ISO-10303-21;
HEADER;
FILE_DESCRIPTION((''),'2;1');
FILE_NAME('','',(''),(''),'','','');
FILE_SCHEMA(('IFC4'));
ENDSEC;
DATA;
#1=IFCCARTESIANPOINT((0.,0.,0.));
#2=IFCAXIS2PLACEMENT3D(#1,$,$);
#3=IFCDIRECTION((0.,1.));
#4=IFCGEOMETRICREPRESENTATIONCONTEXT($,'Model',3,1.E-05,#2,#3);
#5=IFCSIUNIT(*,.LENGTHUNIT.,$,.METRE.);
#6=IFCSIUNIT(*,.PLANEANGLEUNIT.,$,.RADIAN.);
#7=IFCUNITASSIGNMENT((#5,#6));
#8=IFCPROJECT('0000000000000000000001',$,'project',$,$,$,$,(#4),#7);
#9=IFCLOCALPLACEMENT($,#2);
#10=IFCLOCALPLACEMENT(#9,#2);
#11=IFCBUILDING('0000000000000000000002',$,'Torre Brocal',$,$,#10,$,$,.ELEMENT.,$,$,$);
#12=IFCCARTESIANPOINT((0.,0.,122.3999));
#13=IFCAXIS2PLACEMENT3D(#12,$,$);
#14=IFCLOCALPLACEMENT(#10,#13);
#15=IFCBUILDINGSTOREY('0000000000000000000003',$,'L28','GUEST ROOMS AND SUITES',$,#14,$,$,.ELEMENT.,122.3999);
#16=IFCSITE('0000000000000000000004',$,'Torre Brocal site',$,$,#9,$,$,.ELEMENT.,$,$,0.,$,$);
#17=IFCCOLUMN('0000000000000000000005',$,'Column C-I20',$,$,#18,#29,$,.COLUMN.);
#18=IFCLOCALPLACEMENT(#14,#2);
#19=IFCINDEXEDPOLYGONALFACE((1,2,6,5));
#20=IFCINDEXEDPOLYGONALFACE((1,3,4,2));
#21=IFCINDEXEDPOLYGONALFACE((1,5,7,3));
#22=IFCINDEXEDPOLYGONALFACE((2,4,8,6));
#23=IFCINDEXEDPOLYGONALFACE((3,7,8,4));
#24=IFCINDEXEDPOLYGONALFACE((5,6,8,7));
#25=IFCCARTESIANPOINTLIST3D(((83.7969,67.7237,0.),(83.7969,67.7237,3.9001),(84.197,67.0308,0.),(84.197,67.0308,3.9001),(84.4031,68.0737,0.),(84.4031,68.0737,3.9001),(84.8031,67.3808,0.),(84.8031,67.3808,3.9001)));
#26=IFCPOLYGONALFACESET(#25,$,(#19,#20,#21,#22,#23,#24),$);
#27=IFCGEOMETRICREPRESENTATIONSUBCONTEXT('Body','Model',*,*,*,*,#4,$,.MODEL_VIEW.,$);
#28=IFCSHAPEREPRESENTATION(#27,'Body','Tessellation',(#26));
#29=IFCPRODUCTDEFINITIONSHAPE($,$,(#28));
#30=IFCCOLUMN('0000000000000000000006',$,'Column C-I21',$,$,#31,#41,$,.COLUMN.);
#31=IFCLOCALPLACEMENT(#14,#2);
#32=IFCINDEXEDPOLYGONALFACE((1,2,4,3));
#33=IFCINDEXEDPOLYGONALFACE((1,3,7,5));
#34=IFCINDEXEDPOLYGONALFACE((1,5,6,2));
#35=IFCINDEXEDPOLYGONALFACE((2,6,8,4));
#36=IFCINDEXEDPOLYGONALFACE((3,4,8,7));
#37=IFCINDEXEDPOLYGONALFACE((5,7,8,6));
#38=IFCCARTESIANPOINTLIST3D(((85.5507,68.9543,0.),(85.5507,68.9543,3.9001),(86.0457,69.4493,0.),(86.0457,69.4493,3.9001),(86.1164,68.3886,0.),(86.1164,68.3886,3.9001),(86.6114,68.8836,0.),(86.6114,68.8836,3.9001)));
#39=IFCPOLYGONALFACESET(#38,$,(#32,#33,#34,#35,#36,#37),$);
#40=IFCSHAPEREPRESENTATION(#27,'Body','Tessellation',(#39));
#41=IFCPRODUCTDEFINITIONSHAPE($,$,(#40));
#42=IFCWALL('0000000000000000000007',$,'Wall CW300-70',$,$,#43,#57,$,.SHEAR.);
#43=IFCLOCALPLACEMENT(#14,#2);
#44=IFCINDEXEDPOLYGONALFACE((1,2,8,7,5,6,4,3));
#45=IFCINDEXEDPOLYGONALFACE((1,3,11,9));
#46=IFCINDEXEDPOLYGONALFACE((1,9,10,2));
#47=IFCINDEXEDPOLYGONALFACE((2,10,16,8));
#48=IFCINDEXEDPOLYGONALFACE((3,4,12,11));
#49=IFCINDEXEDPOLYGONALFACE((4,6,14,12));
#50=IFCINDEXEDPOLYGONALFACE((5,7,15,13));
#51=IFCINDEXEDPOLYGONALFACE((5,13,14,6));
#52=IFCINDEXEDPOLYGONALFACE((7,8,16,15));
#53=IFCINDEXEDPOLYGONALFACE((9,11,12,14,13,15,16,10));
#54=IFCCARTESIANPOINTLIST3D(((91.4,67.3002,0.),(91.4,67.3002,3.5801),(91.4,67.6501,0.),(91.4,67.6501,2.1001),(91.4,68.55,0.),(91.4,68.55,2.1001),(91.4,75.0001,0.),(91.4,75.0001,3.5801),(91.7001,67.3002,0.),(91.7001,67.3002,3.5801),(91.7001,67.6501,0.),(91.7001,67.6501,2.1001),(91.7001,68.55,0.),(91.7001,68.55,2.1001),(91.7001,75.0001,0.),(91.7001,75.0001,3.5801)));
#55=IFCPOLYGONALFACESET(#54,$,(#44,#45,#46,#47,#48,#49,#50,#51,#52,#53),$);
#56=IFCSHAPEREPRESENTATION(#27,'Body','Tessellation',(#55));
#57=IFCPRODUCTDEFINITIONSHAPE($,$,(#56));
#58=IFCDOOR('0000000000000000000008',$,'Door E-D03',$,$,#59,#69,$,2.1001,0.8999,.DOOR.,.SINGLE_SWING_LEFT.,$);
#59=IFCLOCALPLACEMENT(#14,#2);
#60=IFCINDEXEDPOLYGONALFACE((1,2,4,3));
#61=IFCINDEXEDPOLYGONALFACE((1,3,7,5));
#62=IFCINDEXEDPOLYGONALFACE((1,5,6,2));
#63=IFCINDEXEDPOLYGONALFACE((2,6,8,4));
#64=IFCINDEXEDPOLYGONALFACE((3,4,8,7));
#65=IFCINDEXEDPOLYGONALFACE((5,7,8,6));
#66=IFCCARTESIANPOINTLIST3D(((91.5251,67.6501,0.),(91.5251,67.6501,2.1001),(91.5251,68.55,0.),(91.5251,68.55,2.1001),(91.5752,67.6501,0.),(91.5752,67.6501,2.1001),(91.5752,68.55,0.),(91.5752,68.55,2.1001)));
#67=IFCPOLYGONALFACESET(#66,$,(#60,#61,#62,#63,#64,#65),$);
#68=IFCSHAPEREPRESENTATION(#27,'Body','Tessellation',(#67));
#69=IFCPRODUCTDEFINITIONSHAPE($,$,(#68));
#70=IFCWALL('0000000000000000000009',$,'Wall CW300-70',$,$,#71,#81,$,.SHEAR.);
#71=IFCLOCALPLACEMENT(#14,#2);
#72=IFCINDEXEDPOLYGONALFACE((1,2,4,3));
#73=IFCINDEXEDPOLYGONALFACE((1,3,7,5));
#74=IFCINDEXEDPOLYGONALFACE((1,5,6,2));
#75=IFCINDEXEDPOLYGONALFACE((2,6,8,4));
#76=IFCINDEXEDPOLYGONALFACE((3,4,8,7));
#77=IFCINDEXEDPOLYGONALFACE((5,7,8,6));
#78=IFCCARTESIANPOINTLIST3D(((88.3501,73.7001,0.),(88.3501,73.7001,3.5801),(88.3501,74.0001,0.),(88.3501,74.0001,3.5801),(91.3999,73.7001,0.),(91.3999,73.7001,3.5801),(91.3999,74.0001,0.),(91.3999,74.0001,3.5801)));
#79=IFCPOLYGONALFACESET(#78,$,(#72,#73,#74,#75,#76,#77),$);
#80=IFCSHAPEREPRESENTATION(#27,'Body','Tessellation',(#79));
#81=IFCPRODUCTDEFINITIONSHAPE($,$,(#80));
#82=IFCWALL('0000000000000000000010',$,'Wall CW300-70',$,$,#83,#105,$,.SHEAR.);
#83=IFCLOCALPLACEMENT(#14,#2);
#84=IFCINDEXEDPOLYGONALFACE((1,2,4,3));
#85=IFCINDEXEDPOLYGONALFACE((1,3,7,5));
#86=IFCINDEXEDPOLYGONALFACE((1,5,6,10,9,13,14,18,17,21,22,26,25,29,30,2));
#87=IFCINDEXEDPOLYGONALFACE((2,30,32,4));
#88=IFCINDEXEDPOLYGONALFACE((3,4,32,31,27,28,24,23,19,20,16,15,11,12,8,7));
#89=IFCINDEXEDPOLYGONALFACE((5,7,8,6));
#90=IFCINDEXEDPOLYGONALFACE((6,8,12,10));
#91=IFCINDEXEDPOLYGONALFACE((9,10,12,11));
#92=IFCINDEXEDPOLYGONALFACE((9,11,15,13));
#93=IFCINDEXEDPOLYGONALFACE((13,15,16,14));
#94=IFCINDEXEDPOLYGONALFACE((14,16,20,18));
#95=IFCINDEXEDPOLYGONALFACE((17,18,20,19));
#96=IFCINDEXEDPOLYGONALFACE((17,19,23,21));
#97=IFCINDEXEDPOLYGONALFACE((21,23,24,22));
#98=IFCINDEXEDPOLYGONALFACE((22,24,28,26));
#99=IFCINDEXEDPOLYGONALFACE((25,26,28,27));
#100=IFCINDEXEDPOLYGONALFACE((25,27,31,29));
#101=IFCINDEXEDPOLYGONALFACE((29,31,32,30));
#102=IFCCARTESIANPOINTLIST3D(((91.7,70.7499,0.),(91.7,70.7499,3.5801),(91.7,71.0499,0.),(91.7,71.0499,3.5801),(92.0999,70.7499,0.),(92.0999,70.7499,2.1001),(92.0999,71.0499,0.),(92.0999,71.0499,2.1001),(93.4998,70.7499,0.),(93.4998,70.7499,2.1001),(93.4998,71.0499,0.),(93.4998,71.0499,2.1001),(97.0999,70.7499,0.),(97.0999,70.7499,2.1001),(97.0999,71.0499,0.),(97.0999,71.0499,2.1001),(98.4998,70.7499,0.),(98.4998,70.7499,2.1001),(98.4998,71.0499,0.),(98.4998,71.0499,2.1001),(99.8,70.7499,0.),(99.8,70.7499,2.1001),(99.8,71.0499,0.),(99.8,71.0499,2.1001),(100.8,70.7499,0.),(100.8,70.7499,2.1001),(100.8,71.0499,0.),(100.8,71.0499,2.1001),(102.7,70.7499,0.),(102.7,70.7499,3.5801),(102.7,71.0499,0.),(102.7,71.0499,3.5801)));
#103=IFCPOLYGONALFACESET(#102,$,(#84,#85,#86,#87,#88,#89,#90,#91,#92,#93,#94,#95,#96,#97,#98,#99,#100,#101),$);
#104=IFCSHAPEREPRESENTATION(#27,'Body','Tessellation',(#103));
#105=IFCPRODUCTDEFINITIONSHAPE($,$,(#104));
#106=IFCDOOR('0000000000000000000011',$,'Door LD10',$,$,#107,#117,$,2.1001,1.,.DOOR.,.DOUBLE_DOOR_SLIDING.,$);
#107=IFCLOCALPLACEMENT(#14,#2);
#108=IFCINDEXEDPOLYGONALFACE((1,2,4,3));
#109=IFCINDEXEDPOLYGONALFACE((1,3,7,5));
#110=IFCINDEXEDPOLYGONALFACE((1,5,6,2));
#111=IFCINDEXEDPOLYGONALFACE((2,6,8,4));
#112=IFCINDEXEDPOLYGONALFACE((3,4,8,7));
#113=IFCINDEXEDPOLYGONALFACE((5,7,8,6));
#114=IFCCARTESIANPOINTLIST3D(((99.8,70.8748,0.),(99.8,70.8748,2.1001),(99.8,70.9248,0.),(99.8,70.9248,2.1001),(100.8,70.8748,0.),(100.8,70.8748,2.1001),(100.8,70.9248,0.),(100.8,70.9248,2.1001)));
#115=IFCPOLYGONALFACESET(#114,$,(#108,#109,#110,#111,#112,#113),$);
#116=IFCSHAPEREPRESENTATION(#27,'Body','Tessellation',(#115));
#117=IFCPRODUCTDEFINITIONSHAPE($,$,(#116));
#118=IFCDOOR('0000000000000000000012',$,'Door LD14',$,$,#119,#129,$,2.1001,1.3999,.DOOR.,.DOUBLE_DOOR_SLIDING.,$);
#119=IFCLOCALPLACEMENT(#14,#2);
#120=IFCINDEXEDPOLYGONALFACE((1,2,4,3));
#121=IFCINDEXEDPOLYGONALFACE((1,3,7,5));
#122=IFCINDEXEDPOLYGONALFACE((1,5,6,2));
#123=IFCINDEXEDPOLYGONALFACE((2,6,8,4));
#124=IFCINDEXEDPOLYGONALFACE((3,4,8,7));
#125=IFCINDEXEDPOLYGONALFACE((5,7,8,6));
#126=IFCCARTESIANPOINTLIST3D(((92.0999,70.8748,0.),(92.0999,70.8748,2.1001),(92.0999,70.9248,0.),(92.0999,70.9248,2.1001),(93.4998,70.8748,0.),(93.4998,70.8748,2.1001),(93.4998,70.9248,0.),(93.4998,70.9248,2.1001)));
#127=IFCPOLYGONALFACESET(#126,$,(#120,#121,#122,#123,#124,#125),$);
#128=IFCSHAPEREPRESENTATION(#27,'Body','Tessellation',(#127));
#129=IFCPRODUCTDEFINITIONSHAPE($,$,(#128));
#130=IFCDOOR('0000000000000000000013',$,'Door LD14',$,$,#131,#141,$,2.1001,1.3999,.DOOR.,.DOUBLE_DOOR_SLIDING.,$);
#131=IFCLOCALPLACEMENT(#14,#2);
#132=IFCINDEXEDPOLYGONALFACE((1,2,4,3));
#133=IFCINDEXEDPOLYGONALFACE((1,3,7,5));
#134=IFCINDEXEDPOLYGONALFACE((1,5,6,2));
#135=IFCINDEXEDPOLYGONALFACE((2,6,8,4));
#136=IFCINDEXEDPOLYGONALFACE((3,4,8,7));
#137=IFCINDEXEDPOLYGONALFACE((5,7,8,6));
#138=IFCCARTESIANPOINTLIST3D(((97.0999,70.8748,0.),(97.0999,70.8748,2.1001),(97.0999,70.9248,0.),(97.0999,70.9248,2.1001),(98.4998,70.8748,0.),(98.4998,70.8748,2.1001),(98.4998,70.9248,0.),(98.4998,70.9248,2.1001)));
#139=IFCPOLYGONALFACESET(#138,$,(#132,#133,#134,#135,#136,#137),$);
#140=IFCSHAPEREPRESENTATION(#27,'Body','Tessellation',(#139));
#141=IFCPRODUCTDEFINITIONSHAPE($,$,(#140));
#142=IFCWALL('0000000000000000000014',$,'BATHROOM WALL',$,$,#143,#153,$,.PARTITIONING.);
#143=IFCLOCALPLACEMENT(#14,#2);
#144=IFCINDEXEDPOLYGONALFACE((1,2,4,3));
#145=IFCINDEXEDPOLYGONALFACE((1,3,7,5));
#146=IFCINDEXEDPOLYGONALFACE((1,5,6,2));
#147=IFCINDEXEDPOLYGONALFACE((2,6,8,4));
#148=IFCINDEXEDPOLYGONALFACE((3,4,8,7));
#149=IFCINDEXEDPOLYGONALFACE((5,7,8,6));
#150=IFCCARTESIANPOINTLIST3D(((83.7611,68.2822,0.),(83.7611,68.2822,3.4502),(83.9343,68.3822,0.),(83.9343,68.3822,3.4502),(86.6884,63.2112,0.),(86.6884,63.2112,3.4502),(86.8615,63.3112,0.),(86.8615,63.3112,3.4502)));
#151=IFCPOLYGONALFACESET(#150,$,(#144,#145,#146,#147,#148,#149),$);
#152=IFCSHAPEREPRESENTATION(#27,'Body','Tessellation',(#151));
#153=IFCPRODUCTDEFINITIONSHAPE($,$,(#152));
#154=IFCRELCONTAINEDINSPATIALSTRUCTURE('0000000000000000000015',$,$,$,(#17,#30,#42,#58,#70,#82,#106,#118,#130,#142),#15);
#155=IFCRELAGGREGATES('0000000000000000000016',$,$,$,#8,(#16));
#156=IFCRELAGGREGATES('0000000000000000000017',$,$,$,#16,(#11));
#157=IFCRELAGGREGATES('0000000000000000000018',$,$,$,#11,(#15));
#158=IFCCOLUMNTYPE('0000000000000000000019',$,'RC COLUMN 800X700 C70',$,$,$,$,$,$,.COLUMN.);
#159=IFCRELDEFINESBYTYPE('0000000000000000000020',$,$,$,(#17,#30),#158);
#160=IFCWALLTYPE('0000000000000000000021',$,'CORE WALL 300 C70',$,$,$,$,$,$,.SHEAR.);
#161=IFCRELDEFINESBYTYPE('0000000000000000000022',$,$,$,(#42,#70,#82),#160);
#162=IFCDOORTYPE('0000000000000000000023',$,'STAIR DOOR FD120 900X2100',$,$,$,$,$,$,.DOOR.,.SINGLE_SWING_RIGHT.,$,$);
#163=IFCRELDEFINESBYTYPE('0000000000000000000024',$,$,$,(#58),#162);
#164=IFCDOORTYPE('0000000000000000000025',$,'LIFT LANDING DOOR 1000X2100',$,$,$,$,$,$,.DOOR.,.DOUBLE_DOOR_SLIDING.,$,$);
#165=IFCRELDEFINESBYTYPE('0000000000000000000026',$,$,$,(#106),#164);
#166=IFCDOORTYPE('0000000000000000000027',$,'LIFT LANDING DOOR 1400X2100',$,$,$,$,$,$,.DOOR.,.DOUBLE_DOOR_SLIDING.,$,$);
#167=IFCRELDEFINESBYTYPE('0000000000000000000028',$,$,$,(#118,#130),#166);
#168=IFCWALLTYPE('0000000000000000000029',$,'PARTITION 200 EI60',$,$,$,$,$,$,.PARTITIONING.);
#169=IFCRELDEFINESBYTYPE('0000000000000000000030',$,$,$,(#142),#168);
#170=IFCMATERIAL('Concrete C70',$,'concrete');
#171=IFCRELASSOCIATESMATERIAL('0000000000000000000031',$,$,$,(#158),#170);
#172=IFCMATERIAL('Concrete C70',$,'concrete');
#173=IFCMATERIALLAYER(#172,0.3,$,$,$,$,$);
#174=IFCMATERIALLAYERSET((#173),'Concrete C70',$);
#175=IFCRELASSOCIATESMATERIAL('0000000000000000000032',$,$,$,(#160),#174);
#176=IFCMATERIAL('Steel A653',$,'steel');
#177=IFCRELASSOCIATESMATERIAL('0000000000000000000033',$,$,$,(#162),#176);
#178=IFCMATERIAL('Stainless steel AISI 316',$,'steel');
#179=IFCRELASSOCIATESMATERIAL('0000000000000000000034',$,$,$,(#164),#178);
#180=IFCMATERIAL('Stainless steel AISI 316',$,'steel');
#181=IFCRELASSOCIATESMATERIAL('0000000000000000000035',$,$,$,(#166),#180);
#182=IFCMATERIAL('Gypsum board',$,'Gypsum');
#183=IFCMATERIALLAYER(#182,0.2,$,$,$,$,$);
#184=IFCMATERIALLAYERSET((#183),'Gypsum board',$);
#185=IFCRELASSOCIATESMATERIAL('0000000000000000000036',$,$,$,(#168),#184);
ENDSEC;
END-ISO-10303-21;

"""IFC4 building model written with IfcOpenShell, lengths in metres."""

from ifc_helpers import new_model, si_unit, direction, frame, frame_2d, origin, origin_2d, place, context, subcontext, project, spatial, rectangle, extrude, material, layer, layer_set, material_profile, profile_set, type_object, element, fill, save


model = new_model("IFC4")

# Units and contexts
model_context = context("Model", 3, precision=1e-05, world=origin(), true_north=direction((0.0, 1.0)))
body_context = subcontext(model_context, "Body", "Model", "MODEL_VIEW")
ifc_project = project(units=[si_unit("LENGTHUNIT", "METRE"), si_unit("PLANEANGLEUNIT", "RADIAN")], contexts=[model_context])

# Site, building, storey
site_placement = place(None, origin())
site = spatial("IfcSite", under=ifc_project, at=site_placement, Name="Torre Brocal site", CompositionType="ELEMENT", RefElevation=0.0)
building_placement = place(site_placement, origin())
building = spatial("IfcBuilding", under=site, at=building_placement, Name="Torre Brocal", CompositionType="ELEMENT")
storey_placement = place(building_placement, frame((0.0, 0.0, 122.3999)))
storey = spatial("IfcBuildingStorey", under=building, at=storey_placement, Name="L28", Description="GUEST ROOMS AND SUITES", CompositionType="ELEMENT", Elevation=122.3999)

# Columns
ifc_material_1 = material(Name="Concrete C70", Category="concrete")
ifc_material_profile = material_profile(ifc_material_1, rectangle(XDim=0.8, YDim=0.7, at=origin_2d()), Name="RC 800X700")
ifc_profile_set = profile_set([ifc_material_profile], Name="Concrete C70")
column_type = type_object("IfcColumnType", Name="RC COLUMN 800X700 C70", PredefinedType="COLUMN", material=ifc_profile_set)
for number, where, z_axis, x_axis, name in (
    (1, (84.3, 67.5522, 0.0), (0.0, 0.0, 1.0), (0.5, -0.866025, 0.0), "Column C-I20"),
    (2, (86.0811, 68.9189, 0.0), (0.0, 0.0, 1.0), (0.707107, -0.707107, 0.0), "Column C-I21"),
):
    element("IfcColumn", number, at=place(storey_placement, frame(where, z_axis=z_axis, x_axis=x_axis)), inside=storey, type_object=column_type, Name=name, PredefinedType="COLUMN", context=body_context, shape_type="SweptSolid", body=[
        extrude(rectangle(XDim=0.8, YDim=0.7, at=origin_2d()), origin(), (0.0, 0.0, 1.0), 3.9001),
    ])

# Wall, opening, door
ifc_material_2 = material(Name="Concrete C70", Category="concrete")
ifc_layer_1 = layer(ifc_material_2, 0.3)
ifc_layer_set_1 = layer_set([ifc_layer_1], Name="Concrete C70")
wall_type_1 = type_object("IfcWallType", Name="CORE WALL 300 C70", PredefinedType="SHEAR", material=ifc_layer_set_1)
wall_1_placement = place(storey_placement, frame((91.55, 67.3, 0.0), z_axis=(0.0, 0.0, 1.0), x_axis=(0.0, 1.0, 0.0)))
wall_1 = element("IfcWall", 3, at=wall_1_placement, inside=storey, type_object=wall_type_1, Name="Wall CW300-70", PredefinedType="SHEAR", context=body_context, shape_type="SweptSolid", body=[
    extrude(rectangle(XDim=7.7, YDim=0.3, at=frame_2d((3.8501, 0.0))), origin(), (0.0, 0.0, 1.0), 3.5801),
])
opening_1_placement = place(wall_1_placement, frame((0.3501, 0.0, 0.0)))
opening_1 = element("IfcOpeningElement", 4, at=opening_1_placement, cuts=wall_1, PredefinedType="OPENING", context=body_context, shape_type="SweptSolid", body=[
    extrude(rectangle(XDim=0.8999, YDim=2.1001, at=frame_2d((0.45, 1.05))), frame((0.0, 0.1599, 0.0), z_axis=(0.0, -1.0, 0.0), x_axis=(1.0, 0.0, 0.0)), (0.0, 0.0, 1.0), 0.3201),
])
ifc_material_3 = material(Name="Steel A653", Category="steel")
door_type_1 = type_object("IfcDoorType", Name="STAIR DOOR FD120 900X2100", OperationType="SINGLE_SWING_RIGHT", PredefinedType="DOOR", material=ifc_material_3)
door_1_placement = place(opening_1_placement, origin())
door_1 = element("IfcDoor", 5, at=door_1_placement, inside=storey, type_object=door_type_1, Name="Door E-D03", OperationType="SINGLE_SWING_LEFT", OverallHeight=2.1001, OverallWidth=0.8999, PredefinedType="DOOR", context=body_context, shape_type="SweptSolid", body=[
    extrude(rectangle(XDim=0.8999, YDim=2.1001, at=frame_2d((0.45, 1.05))), frame((0.0, 0.0249, 0.0), z_axis=(0.0, -1.0, 0.0), x_axis=(1.0, 0.0, 0.0)), (0.0, 0.0, 1.0), 0.05),
])
fill(opening_1, door_1)

# Wall
wall_2_placement = place(storey_placement, frame((88.3501, 73.8501, 0.0), z_axis=(0.0, 0.0, 1.0), x_axis=(1.0, 0.0, 0.0)))
element("IfcWall", 6, at=wall_2_placement, inside=storey, type_object=wall_type_1, Name="Wall CW300-70", PredefinedType="SHEAR", context=body_context, shape_type="SweptSolid", body=[
    extrude(rectangle(XDim=3.0498, YDim=0.3, at=frame_2d((1.5249, 0.0))), origin(), (0.0, 0.0, 1.0), 3.5801),
])

# Wall, openings, doors
wall_3_placement = place(storey_placement, frame((91.7, 70.8999, 0.0), z_axis=(0.0, 0.0, 1.0), x_axis=(1.0, 0.0, 0.0)))
wall_3 = element("IfcWall", 7, at=wall_3_placement, inside=storey, type_object=wall_type_1, Name="Wall CW300-70", PredefinedType="SHEAR", context=body_context, shape_type="SweptSolid", body=[
    extrude(rectangle(XDim=11.0, YDim=0.3, at=frame_2d((5.5, 0.0))), origin(), (0.0, 0.0, 1.0), 3.5801),
])
opening_2_placement = place(wall_3_placement, frame((0.3999, 0.0, 0.0)))
opening_2 = element("IfcOpeningElement", 8, at=opening_2_placement, cuts=wall_3, PredefinedType="OPENING", context=body_context, shape_type="SweptSolid", body=[
    extrude(rectangle(XDim=1.3999, YDim=2.1001, at=frame_2d((0.7, 1.05))), frame((0.0, 0.1599, 0.0), z_axis=(0.0, -1.0, 0.0), x_axis=(1.0, 0.0, 0.0)), (0.0, 0.0, 1.0), 0.3201),
])
opening_3_placement = place(wall_3_placement, frame((5.3999, 0.0, 0.0)))
opening_3 = element("IfcOpeningElement", 9, at=opening_3_placement, cuts=wall_3, PredefinedType="OPENING", context=body_context, shape_type="SweptSolid", body=[
    extrude(rectangle(XDim=1.3999, YDim=2.1001, at=frame_2d((0.7, 1.05))), frame((0.0, 0.1599, 0.0), z_axis=(0.0, -1.0, 0.0), x_axis=(1.0, 0.0, 0.0)), (0.0, 0.0, 1.0), 0.3201),
])
opening_4_placement = place(wall_3_placement, frame((8.1001, 0.0, 0.0)))
opening_4 = element("IfcOpeningElement", 10, at=opening_4_placement, cuts=wall_3, PredefinedType="OPENING", context=body_context, shape_type="SweptSolid", body=[
    extrude(rectangle(XDim=1.0, YDim=2.1001, at=frame_2d((0.5, 1.05))), frame((0.0, 0.1599, 0.0), z_axis=(0.0, -1.0, 0.0), x_axis=(1.0, 0.0, 0.0)), (0.0, 0.0, 1.0), 0.3201),
])
ifc_material_4 = material(Name="Stainless steel AISI 316", Category="steel")
door_type_2 = type_object("IfcDoorType", Name="LIFT LANDING DOOR 1000X2100", OperationType="DOUBLE_DOOR_SLIDING", PredefinedType="DOOR", material=ifc_material_4)
door_2_placement = place(opening_4_placement, origin())
door_2 = element("IfcDoor", 11, at=door_2_placement, inside=storey, type_object=door_type_2, Name="Door LD10", OperationType="DOUBLE_DOOR_SLIDING", OverallHeight=2.1001, OverallWidth=1.0, PredefinedType="DOOR", context=body_context, shape_type="SweptSolid", body=[
    extrude(rectangle(XDim=1.0, YDim=2.1001, at=frame_2d((0.5, 1.05))), frame((0.0, 0.0249, 0.0), z_axis=(0.0, -1.0, 0.0), x_axis=(1.0, 0.0, 0.0)), (0.0, 0.0, 1.0), 0.05),
])
fill(opening_4, door_2)
ifc_material_5 = material(Name="Stainless steel AISI 316", Category="steel")
door_type_3 = type_object("IfcDoorType", Name="LIFT LANDING DOOR 1400X2100", OperationType="DOUBLE_DOOR_SLIDING", PredefinedType="DOOR", material=ifc_material_5)
door_3_placement = place(opening_2_placement, origin())
door_3 = element("IfcDoor", 12, at=door_3_placement, inside=storey, type_object=door_type_3, Name="Door LD14", OperationType="DOUBLE_DOOR_SLIDING", OverallHeight=2.1001, OverallWidth=1.3999, PredefinedType="DOOR", context=body_context, shape_type="SweptSolid", body=[
    extrude(rectangle(XDim=1.3999, YDim=2.1001, at=frame_2d((0.7, 1.05))), frame((0.0, 0.0249, 0.0), z_axis=(0.0, -1.0, 0.0), x_axis=(1.0, 0.0, 0.0)), (0.0, 0.0, 1.0), 0.05),
])
fill(opening_2, door_3)
door_4_placement = place(opening_3_placement, origin())
door_4 = element("IfcDoor", 13, at=door_4_placement, inside=storey, type_object=door_type_3, Name="Door LD14", OperationType="DOUBLE_DOOR_SLIDING", OverallHeight=2.1001, OverallWidth=1.3999, PredefinedType="DOOR", context=body_context, shape_type="SweptSolid", body=[
    extrude(rectangle(XDim=1.3999, YDim=2.1001, at=frame_2d((0.7, 1.05))), frame((0.0, 0.0249, 0.0), z_axis=(0.0, -1.0, 0.0), x_axis=(1.0, 0.0, 0.0)), (0.0, 0.0, 1.0), 0.05),
])
fill(opening_3, door_4)

# Wall
ifc_material_6 = material(Name="Gypsum board", Category="Gypsum")
ifc_layer_2 = layer(ifc_material_6, 0.2)
ifc_layer_set_2 = layer_set([ifc_layer_2], Name="Gypsum board")
wall_type_2 = type_object("IfcWallType", Name="PARTITION 200 EI60", PredefinedType="PARTITIONING", material=ifc_layer_set_2)
wall_4_placement = place(storey_placement, frame((83.8477, 68.3323, 0.0), z_axis=(0.0, 0.0, 1.0), x_axis=(0.499933, -0.866064, 0.0)))
element("IfcWall", 14, at=wall_4_placement, inside=storey, type_object=wall_type_2, Name="BATHROOM WALL", PredefinedType="PARTITIONING", context=body_context, shape_type="SweptSolid", body=[
    extrude(rectangle(XDim=5.8552, YDim=0.2, at=frame_2d((2.9277, 0.0))), origin(), (0.0, 0.0, 1.0), 3.4502),
])

save(model, "model.ifc")
